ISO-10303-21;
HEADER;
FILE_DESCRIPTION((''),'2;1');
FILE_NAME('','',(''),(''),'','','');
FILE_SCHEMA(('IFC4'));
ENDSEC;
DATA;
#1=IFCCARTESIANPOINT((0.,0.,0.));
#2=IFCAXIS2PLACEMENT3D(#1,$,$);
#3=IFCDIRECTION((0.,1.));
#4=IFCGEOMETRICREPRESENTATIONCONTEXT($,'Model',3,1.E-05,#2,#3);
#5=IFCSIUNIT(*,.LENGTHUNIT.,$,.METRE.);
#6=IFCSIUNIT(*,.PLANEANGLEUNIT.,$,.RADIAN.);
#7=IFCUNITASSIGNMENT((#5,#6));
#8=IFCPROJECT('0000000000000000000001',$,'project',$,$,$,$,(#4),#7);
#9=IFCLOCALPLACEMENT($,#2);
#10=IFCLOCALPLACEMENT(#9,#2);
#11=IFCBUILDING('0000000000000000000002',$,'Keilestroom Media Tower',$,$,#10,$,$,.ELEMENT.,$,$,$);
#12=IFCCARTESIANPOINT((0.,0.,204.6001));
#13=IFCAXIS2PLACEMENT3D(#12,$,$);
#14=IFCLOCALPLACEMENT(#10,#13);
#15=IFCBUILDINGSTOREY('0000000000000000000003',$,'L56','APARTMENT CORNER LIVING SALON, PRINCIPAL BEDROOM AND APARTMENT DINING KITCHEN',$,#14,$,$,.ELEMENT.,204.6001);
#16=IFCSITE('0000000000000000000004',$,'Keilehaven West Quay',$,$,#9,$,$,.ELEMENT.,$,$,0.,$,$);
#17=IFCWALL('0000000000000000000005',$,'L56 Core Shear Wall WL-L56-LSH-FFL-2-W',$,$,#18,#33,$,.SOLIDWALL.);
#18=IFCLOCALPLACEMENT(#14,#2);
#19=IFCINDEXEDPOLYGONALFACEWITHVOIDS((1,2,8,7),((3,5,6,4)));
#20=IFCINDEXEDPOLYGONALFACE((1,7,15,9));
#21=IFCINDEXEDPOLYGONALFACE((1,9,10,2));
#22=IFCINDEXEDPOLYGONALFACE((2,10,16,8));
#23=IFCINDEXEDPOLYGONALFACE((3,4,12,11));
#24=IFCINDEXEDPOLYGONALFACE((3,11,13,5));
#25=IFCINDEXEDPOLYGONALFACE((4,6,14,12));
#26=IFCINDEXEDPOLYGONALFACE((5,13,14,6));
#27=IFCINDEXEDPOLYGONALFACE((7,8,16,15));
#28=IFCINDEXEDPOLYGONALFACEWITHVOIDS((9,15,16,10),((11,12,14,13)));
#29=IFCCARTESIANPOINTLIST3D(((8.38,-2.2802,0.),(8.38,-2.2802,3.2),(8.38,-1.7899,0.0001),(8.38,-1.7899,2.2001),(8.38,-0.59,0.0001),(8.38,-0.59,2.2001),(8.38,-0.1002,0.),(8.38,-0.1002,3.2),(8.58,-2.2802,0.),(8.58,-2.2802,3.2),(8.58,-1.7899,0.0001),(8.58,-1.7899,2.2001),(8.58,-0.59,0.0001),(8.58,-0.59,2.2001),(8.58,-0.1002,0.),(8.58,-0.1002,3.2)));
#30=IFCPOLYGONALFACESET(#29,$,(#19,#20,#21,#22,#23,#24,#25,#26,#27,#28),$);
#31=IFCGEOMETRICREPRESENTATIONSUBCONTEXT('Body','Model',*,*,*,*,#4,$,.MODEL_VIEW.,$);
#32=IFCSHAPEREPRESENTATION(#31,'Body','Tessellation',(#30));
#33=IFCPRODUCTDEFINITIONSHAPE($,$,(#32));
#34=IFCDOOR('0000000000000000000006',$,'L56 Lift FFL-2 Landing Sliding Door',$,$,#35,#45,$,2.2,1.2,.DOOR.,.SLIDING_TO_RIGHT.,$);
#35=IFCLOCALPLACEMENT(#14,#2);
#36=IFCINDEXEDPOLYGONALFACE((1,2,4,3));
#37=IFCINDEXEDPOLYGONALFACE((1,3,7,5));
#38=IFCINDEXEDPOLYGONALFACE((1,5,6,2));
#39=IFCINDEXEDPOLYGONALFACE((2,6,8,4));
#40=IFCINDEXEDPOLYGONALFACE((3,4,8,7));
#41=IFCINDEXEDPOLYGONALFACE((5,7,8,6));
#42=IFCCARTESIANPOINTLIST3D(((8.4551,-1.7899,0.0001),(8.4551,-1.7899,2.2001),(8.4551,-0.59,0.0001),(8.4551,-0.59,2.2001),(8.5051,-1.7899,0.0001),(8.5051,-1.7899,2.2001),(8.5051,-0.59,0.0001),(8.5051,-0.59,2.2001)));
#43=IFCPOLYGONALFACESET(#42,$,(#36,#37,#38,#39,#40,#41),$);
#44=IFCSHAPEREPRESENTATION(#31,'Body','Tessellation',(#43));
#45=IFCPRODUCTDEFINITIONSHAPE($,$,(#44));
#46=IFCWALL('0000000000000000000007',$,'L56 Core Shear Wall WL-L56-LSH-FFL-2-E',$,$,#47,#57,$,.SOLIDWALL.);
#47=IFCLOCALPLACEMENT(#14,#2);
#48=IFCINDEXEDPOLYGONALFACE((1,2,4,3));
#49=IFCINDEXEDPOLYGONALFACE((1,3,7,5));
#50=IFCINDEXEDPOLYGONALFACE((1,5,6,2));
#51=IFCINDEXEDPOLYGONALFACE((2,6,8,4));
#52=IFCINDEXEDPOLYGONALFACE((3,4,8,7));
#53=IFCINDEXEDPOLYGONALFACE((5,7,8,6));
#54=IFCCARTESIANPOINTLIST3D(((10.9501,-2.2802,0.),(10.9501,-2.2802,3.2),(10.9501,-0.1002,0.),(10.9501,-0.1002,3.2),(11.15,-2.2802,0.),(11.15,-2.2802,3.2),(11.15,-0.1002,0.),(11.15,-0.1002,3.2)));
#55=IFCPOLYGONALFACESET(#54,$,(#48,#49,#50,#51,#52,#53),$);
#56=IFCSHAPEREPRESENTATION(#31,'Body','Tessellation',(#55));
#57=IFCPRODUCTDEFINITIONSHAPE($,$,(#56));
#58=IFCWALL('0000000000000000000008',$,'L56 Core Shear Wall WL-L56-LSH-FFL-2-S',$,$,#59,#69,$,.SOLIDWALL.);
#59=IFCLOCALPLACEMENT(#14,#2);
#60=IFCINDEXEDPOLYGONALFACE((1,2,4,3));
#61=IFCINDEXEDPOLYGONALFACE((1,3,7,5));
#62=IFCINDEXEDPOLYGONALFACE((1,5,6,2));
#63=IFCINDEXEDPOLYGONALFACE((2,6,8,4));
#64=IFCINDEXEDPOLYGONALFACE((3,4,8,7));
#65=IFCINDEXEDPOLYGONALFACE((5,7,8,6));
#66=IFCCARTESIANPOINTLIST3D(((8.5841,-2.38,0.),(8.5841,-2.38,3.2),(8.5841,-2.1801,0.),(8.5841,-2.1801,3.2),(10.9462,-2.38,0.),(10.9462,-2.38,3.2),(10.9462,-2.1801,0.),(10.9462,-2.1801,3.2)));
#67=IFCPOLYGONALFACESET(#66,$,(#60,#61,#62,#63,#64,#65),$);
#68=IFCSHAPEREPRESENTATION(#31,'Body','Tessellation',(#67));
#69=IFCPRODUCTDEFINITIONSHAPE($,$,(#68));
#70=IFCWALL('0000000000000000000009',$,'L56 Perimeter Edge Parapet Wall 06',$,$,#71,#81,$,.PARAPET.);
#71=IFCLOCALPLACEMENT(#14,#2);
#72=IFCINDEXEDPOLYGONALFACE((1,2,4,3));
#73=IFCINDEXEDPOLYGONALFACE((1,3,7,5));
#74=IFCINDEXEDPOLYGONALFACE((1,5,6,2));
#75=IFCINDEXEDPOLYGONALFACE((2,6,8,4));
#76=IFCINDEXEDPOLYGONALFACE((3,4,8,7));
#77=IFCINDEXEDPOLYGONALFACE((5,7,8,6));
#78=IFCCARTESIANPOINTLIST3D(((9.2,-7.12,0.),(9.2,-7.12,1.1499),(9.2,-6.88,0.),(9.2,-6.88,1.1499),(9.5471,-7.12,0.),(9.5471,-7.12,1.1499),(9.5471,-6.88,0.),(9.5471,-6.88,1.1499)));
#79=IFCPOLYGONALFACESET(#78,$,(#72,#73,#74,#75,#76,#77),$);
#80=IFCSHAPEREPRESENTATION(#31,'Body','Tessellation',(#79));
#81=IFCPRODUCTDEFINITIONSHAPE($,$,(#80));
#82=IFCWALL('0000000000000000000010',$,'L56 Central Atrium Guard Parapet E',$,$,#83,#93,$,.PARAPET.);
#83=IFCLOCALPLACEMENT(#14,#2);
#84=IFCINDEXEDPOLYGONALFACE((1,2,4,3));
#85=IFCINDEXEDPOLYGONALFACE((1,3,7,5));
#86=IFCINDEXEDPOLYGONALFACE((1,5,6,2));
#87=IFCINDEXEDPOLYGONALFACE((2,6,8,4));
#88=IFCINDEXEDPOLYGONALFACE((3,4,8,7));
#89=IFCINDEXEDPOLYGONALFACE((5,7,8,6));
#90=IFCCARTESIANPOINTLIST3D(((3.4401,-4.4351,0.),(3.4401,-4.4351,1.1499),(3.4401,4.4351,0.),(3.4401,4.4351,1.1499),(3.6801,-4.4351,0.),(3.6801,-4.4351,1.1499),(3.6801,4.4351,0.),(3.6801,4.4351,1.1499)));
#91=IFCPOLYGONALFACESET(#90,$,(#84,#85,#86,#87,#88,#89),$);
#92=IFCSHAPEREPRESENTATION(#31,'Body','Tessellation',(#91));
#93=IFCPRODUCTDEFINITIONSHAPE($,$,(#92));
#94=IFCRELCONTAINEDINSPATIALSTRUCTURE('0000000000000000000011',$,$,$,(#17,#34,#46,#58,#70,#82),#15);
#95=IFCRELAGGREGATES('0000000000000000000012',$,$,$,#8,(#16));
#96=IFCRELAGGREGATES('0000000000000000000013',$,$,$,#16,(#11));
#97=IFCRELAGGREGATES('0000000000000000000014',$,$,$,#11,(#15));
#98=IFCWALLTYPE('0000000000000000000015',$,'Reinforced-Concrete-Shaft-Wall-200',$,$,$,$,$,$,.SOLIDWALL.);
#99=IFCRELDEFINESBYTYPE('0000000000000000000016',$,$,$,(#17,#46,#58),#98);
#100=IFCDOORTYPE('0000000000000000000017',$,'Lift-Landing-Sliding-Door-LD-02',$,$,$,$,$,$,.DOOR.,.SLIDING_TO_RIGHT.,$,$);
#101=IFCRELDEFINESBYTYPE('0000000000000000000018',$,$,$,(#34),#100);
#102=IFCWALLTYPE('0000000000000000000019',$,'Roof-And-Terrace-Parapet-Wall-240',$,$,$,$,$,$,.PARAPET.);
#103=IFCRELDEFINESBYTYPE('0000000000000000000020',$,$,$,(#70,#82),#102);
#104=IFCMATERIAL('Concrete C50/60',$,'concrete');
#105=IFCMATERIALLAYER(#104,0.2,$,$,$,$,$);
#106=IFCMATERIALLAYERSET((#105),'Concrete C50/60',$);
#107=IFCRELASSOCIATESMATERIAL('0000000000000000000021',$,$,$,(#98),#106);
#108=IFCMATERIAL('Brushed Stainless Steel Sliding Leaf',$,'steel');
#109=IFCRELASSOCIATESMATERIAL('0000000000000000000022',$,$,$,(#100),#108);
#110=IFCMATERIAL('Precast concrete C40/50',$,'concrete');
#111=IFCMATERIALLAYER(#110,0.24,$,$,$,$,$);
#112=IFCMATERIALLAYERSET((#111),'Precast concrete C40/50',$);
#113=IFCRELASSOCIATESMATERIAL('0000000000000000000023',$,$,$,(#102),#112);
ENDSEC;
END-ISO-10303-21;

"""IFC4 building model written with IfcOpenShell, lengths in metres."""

from ifc_helpers import new_model, si_unit, direction, frame, frame_2d, origin, place, context, subcontext, project, spatial, rectangle, extrude, source, transform, mapped, material, layer, layer_set, type_object, element, fill, save


model = new_model("IFC4")

# Units and contexts
model_context = context("Model", 3, precision=1e-05, world=origin(), true_north=direction((0.0, 1.0)))
body_context = subcontext(model_context, "Body", "Model", "MODEL_VIEW")
ifc_project = project(units=[si_unit("LENGTHUNIT", "METRE"), si_unit("PLANEANGLEUNIT", "RADIAN")], contexts=[model_context])

# Site, building, storey
site_placement = place(None, origin())
site = spatial("IfcSite", under=ifc_project, at=site_placement, Name="Keilehaven West Quay", CompositionType="ELEMENT", RefElevation=0.0)
building_placement = place(site_placement, origin())
building = spatial("IfcBuilding", under=site, at=building_placement, Name="Keilestroom Media Tower", CompositionType="ELEMENT")
storey_placement = place(building_placement, frame((0.0, 0.0, 204.6001)))
storey = spatial("IfcBuildingStorey", under=building, at=storey_placement, Name="L56", Description="APARTMENT CORNER LIVING SALON, PRINCIPAL BEDROOM AND APARTMENT DINING KITCHEN", CompositionType="ELEMENT", Elevation=204.6001)

# Shared definitions
shared_shape_1 = source(origin(), body_context, "Body", "SweptSolid", [
    extrude(rectangle(XDim=1.2, YDim=2.2, at=frame_2d((0.6001, 1.1001))), frame((0.0, 0.0249, 0.0), z_axis=(0.0, -1.0, 0.0), x_axis=(1.0, 0.0, 0.0)), (0.0, 0.0, 1.0), 0.05),
])

# Shared definitions
ifc_material_1 = material(Name="Concrete C50/60", Category="concrete")
ifc_layer_1 = layer(ifc_material_1, 0.2)
ifc_layer_set_1 = layer_set([ifc_layer_1], Name="Concrete C50/60")
wall_type_1 = type_object("IfcWallType", Name="Reinforced-Concrete-Shaft-Wall-200", PredefinedType="SOLIDWALL", material=ifc_layer_set_1)

# Wall, opening, door
wall_1_placement = place(storey_placement, frame((8.48, -2.28, 0.0), z_axis=(0.0, 0.0, 1.0), x_axis=(0.0, 1.0, 0.0)))
wall_1 = element("IfcWall", 1, at=wall_1_placement, inside=storey, type_object=wall_type_1, Name="L56 Core Shear Wall WL-L56-LSH-FFL-2-W", PredefinedType="SOLIDWALL", context=body_context, shape_type="SweptSolid", body=[
    extrude(rectangle(XDim=2.1799, YDim=0.2, at=frame_2d((1.0898, 0.0))), origin(), (0.0, 0.0, 1.0), 3.2),
])
opening_1_placement = place(wall_1_placement, frame((0.49, 0.0, 0.0)))
opening_1 = element("IfcOpeningElement", 2, at=opening_1_placement, cuts=wall_1, PredefinedType="OPENING", context=body_context, shape_type="SweptSolid", body=[
    extrude(rectangle(XDim=1.2, YDim=2.2, at=frame_2d((0.6001, 1.1001))), frame((0.0, 0.1099, 0.0), z_axis=(0.0, -1.0, 0.0), x_axis=(1.0, 0.0, 0.0)), (0.0, 0.0, 1.0), 0.22),
])
ifc_material_2 = material(Name="Brushed Stainless Steel Sliding Leaf", Category="steel")
door_type_1 = type_object("IfcDoorType", Name="Lift-Landing-Sliding-Door-LD-02", OperationType="SLIDING_TO_RIGHT", PredefinedType="DOOR", material=ifc_material_2)
door_1_placement = place(opening_1_placement, origin())
door_1 = element("IfcDoor", 3, at=door_1_placement, inside=storey, type_object=door_type_1, Name="L56 Lift FFL-2 Landing Sliding Door", OperationType="SLIDING_TO_RIGHT", OverallHeight=2.2, OverallWidth=1.2, PredefinedType="DOOR", context=body_context, shape_type="MappedRepresentation", body=[
    mapped(shared_shape_1, transform((0.0, 0.0, 0.0), x_axis=(1.0, 0.0, 0.0), y_axis=(0.0, 1.0, 0.0), z_axis=(0.0, 0.0, 1.0), scale=1.0)),
])
fill(opening_1, door_1)

# Walls
wall_2_placement = place(storey_placement, frame((11.05, -2.28, 0.0), z_axis=(0.0, 0.0, 1.0), x_axis=(0.0, 1.0, 0.0)))
element("IfcWall", 4, at=wall_2_placement, inside=storey, type_object=wall_type_1, Name="L56 Core Shear Wall WL-L56-LSH-FFL-2-E", PredefinedType="SOLIDWALL", context=body_context, shape_type="SweptSolid", body=[
    extrude(rectangle(XDim=2.1799, YDim=0.2, at=frame_2d((1.0898, 0.0))), origin(), (0.0, 0.0, 1.0), 3.2),
])
wall_3_placement = place(storey_placement, frame((8.584, -2.28, 0.0), z_axis=(0.0, 0.0, 1.0), x_axis=(1.0, 0.0, 0.0)))
element("IfcWall", 5, at=wall_3_placement, inside=storey, type_object=wall_type_1, Name="L56 Core Shear Wall WL-L56-LSH-FFL-2-S", PredefinedType="SOLIDWALL", context=body_context, shape_type="SweptSolid", body=[
    extrude(rectangle(XDim=2.3621, YDim=0.2, at=frame_2d((1.1812, 0.0))), origin(), (0.0, 0.0, 1.0), 3.2),
])
ifc_material_3 = material(Name="Precast concrete C40/50", Category="concrete")
ifc_layer_2 = layer(ifc_material_3, 0.24)
ifc_layer_set_2 = layer_set([ifc_layer_2], Name="Precast concrete C40/50")
wall_type_2 = type_object("IfcWallType", Name="Roof-And-Terrace-Parapet-Wall-240", PredefinedType="PARAPET", material=ifc_layer_set_2)
wall_4_placement = place(storey_placement, frame((9.5471, -7.0, 0.0), z_axis=(0.0, 0.0, 1.0), x_axis=(-1.0, 0.0, 0.0)))
element("IfcWall", 6, at=wall_4_placement, inside=storey, type_object=wall_type_2, Name="L56 Perimeter Edge Parapet Wall 06", PredefinedType="PARAPET", context=body_context, shape_type="SweptSolid", body=[
    extrude(rectangle(XDim=0.3472, YDim=0.24, at=frame_2d((0.1736, 0.0))), origin(), (0.0, 0.0, 1.0), 1.1499),
])
wall_5_placement = place(storey_placement, frame((3.5601, -4.4351, 0.0), z_axis=(0.0, 0.0, 1.0), x_axis=(0.0, 1.0, 0.0)))
element("IfcWall", 7, at=wall_5_placement, inside=storey, type_object=wall_type_2, Name="L56 Central Atrium Guard Parapet E", PredefinedType="PARAPET", context=body_context, shape_type="SweptSolid", body=[
    extrude(rectangle(XDim=8.8701, YDim=0.24, at=frame_2d((4.4351, 0.0))), origin(), (0.0, 0.0, 1.0), 1.1499),
])

save(model, "model.ifc")
